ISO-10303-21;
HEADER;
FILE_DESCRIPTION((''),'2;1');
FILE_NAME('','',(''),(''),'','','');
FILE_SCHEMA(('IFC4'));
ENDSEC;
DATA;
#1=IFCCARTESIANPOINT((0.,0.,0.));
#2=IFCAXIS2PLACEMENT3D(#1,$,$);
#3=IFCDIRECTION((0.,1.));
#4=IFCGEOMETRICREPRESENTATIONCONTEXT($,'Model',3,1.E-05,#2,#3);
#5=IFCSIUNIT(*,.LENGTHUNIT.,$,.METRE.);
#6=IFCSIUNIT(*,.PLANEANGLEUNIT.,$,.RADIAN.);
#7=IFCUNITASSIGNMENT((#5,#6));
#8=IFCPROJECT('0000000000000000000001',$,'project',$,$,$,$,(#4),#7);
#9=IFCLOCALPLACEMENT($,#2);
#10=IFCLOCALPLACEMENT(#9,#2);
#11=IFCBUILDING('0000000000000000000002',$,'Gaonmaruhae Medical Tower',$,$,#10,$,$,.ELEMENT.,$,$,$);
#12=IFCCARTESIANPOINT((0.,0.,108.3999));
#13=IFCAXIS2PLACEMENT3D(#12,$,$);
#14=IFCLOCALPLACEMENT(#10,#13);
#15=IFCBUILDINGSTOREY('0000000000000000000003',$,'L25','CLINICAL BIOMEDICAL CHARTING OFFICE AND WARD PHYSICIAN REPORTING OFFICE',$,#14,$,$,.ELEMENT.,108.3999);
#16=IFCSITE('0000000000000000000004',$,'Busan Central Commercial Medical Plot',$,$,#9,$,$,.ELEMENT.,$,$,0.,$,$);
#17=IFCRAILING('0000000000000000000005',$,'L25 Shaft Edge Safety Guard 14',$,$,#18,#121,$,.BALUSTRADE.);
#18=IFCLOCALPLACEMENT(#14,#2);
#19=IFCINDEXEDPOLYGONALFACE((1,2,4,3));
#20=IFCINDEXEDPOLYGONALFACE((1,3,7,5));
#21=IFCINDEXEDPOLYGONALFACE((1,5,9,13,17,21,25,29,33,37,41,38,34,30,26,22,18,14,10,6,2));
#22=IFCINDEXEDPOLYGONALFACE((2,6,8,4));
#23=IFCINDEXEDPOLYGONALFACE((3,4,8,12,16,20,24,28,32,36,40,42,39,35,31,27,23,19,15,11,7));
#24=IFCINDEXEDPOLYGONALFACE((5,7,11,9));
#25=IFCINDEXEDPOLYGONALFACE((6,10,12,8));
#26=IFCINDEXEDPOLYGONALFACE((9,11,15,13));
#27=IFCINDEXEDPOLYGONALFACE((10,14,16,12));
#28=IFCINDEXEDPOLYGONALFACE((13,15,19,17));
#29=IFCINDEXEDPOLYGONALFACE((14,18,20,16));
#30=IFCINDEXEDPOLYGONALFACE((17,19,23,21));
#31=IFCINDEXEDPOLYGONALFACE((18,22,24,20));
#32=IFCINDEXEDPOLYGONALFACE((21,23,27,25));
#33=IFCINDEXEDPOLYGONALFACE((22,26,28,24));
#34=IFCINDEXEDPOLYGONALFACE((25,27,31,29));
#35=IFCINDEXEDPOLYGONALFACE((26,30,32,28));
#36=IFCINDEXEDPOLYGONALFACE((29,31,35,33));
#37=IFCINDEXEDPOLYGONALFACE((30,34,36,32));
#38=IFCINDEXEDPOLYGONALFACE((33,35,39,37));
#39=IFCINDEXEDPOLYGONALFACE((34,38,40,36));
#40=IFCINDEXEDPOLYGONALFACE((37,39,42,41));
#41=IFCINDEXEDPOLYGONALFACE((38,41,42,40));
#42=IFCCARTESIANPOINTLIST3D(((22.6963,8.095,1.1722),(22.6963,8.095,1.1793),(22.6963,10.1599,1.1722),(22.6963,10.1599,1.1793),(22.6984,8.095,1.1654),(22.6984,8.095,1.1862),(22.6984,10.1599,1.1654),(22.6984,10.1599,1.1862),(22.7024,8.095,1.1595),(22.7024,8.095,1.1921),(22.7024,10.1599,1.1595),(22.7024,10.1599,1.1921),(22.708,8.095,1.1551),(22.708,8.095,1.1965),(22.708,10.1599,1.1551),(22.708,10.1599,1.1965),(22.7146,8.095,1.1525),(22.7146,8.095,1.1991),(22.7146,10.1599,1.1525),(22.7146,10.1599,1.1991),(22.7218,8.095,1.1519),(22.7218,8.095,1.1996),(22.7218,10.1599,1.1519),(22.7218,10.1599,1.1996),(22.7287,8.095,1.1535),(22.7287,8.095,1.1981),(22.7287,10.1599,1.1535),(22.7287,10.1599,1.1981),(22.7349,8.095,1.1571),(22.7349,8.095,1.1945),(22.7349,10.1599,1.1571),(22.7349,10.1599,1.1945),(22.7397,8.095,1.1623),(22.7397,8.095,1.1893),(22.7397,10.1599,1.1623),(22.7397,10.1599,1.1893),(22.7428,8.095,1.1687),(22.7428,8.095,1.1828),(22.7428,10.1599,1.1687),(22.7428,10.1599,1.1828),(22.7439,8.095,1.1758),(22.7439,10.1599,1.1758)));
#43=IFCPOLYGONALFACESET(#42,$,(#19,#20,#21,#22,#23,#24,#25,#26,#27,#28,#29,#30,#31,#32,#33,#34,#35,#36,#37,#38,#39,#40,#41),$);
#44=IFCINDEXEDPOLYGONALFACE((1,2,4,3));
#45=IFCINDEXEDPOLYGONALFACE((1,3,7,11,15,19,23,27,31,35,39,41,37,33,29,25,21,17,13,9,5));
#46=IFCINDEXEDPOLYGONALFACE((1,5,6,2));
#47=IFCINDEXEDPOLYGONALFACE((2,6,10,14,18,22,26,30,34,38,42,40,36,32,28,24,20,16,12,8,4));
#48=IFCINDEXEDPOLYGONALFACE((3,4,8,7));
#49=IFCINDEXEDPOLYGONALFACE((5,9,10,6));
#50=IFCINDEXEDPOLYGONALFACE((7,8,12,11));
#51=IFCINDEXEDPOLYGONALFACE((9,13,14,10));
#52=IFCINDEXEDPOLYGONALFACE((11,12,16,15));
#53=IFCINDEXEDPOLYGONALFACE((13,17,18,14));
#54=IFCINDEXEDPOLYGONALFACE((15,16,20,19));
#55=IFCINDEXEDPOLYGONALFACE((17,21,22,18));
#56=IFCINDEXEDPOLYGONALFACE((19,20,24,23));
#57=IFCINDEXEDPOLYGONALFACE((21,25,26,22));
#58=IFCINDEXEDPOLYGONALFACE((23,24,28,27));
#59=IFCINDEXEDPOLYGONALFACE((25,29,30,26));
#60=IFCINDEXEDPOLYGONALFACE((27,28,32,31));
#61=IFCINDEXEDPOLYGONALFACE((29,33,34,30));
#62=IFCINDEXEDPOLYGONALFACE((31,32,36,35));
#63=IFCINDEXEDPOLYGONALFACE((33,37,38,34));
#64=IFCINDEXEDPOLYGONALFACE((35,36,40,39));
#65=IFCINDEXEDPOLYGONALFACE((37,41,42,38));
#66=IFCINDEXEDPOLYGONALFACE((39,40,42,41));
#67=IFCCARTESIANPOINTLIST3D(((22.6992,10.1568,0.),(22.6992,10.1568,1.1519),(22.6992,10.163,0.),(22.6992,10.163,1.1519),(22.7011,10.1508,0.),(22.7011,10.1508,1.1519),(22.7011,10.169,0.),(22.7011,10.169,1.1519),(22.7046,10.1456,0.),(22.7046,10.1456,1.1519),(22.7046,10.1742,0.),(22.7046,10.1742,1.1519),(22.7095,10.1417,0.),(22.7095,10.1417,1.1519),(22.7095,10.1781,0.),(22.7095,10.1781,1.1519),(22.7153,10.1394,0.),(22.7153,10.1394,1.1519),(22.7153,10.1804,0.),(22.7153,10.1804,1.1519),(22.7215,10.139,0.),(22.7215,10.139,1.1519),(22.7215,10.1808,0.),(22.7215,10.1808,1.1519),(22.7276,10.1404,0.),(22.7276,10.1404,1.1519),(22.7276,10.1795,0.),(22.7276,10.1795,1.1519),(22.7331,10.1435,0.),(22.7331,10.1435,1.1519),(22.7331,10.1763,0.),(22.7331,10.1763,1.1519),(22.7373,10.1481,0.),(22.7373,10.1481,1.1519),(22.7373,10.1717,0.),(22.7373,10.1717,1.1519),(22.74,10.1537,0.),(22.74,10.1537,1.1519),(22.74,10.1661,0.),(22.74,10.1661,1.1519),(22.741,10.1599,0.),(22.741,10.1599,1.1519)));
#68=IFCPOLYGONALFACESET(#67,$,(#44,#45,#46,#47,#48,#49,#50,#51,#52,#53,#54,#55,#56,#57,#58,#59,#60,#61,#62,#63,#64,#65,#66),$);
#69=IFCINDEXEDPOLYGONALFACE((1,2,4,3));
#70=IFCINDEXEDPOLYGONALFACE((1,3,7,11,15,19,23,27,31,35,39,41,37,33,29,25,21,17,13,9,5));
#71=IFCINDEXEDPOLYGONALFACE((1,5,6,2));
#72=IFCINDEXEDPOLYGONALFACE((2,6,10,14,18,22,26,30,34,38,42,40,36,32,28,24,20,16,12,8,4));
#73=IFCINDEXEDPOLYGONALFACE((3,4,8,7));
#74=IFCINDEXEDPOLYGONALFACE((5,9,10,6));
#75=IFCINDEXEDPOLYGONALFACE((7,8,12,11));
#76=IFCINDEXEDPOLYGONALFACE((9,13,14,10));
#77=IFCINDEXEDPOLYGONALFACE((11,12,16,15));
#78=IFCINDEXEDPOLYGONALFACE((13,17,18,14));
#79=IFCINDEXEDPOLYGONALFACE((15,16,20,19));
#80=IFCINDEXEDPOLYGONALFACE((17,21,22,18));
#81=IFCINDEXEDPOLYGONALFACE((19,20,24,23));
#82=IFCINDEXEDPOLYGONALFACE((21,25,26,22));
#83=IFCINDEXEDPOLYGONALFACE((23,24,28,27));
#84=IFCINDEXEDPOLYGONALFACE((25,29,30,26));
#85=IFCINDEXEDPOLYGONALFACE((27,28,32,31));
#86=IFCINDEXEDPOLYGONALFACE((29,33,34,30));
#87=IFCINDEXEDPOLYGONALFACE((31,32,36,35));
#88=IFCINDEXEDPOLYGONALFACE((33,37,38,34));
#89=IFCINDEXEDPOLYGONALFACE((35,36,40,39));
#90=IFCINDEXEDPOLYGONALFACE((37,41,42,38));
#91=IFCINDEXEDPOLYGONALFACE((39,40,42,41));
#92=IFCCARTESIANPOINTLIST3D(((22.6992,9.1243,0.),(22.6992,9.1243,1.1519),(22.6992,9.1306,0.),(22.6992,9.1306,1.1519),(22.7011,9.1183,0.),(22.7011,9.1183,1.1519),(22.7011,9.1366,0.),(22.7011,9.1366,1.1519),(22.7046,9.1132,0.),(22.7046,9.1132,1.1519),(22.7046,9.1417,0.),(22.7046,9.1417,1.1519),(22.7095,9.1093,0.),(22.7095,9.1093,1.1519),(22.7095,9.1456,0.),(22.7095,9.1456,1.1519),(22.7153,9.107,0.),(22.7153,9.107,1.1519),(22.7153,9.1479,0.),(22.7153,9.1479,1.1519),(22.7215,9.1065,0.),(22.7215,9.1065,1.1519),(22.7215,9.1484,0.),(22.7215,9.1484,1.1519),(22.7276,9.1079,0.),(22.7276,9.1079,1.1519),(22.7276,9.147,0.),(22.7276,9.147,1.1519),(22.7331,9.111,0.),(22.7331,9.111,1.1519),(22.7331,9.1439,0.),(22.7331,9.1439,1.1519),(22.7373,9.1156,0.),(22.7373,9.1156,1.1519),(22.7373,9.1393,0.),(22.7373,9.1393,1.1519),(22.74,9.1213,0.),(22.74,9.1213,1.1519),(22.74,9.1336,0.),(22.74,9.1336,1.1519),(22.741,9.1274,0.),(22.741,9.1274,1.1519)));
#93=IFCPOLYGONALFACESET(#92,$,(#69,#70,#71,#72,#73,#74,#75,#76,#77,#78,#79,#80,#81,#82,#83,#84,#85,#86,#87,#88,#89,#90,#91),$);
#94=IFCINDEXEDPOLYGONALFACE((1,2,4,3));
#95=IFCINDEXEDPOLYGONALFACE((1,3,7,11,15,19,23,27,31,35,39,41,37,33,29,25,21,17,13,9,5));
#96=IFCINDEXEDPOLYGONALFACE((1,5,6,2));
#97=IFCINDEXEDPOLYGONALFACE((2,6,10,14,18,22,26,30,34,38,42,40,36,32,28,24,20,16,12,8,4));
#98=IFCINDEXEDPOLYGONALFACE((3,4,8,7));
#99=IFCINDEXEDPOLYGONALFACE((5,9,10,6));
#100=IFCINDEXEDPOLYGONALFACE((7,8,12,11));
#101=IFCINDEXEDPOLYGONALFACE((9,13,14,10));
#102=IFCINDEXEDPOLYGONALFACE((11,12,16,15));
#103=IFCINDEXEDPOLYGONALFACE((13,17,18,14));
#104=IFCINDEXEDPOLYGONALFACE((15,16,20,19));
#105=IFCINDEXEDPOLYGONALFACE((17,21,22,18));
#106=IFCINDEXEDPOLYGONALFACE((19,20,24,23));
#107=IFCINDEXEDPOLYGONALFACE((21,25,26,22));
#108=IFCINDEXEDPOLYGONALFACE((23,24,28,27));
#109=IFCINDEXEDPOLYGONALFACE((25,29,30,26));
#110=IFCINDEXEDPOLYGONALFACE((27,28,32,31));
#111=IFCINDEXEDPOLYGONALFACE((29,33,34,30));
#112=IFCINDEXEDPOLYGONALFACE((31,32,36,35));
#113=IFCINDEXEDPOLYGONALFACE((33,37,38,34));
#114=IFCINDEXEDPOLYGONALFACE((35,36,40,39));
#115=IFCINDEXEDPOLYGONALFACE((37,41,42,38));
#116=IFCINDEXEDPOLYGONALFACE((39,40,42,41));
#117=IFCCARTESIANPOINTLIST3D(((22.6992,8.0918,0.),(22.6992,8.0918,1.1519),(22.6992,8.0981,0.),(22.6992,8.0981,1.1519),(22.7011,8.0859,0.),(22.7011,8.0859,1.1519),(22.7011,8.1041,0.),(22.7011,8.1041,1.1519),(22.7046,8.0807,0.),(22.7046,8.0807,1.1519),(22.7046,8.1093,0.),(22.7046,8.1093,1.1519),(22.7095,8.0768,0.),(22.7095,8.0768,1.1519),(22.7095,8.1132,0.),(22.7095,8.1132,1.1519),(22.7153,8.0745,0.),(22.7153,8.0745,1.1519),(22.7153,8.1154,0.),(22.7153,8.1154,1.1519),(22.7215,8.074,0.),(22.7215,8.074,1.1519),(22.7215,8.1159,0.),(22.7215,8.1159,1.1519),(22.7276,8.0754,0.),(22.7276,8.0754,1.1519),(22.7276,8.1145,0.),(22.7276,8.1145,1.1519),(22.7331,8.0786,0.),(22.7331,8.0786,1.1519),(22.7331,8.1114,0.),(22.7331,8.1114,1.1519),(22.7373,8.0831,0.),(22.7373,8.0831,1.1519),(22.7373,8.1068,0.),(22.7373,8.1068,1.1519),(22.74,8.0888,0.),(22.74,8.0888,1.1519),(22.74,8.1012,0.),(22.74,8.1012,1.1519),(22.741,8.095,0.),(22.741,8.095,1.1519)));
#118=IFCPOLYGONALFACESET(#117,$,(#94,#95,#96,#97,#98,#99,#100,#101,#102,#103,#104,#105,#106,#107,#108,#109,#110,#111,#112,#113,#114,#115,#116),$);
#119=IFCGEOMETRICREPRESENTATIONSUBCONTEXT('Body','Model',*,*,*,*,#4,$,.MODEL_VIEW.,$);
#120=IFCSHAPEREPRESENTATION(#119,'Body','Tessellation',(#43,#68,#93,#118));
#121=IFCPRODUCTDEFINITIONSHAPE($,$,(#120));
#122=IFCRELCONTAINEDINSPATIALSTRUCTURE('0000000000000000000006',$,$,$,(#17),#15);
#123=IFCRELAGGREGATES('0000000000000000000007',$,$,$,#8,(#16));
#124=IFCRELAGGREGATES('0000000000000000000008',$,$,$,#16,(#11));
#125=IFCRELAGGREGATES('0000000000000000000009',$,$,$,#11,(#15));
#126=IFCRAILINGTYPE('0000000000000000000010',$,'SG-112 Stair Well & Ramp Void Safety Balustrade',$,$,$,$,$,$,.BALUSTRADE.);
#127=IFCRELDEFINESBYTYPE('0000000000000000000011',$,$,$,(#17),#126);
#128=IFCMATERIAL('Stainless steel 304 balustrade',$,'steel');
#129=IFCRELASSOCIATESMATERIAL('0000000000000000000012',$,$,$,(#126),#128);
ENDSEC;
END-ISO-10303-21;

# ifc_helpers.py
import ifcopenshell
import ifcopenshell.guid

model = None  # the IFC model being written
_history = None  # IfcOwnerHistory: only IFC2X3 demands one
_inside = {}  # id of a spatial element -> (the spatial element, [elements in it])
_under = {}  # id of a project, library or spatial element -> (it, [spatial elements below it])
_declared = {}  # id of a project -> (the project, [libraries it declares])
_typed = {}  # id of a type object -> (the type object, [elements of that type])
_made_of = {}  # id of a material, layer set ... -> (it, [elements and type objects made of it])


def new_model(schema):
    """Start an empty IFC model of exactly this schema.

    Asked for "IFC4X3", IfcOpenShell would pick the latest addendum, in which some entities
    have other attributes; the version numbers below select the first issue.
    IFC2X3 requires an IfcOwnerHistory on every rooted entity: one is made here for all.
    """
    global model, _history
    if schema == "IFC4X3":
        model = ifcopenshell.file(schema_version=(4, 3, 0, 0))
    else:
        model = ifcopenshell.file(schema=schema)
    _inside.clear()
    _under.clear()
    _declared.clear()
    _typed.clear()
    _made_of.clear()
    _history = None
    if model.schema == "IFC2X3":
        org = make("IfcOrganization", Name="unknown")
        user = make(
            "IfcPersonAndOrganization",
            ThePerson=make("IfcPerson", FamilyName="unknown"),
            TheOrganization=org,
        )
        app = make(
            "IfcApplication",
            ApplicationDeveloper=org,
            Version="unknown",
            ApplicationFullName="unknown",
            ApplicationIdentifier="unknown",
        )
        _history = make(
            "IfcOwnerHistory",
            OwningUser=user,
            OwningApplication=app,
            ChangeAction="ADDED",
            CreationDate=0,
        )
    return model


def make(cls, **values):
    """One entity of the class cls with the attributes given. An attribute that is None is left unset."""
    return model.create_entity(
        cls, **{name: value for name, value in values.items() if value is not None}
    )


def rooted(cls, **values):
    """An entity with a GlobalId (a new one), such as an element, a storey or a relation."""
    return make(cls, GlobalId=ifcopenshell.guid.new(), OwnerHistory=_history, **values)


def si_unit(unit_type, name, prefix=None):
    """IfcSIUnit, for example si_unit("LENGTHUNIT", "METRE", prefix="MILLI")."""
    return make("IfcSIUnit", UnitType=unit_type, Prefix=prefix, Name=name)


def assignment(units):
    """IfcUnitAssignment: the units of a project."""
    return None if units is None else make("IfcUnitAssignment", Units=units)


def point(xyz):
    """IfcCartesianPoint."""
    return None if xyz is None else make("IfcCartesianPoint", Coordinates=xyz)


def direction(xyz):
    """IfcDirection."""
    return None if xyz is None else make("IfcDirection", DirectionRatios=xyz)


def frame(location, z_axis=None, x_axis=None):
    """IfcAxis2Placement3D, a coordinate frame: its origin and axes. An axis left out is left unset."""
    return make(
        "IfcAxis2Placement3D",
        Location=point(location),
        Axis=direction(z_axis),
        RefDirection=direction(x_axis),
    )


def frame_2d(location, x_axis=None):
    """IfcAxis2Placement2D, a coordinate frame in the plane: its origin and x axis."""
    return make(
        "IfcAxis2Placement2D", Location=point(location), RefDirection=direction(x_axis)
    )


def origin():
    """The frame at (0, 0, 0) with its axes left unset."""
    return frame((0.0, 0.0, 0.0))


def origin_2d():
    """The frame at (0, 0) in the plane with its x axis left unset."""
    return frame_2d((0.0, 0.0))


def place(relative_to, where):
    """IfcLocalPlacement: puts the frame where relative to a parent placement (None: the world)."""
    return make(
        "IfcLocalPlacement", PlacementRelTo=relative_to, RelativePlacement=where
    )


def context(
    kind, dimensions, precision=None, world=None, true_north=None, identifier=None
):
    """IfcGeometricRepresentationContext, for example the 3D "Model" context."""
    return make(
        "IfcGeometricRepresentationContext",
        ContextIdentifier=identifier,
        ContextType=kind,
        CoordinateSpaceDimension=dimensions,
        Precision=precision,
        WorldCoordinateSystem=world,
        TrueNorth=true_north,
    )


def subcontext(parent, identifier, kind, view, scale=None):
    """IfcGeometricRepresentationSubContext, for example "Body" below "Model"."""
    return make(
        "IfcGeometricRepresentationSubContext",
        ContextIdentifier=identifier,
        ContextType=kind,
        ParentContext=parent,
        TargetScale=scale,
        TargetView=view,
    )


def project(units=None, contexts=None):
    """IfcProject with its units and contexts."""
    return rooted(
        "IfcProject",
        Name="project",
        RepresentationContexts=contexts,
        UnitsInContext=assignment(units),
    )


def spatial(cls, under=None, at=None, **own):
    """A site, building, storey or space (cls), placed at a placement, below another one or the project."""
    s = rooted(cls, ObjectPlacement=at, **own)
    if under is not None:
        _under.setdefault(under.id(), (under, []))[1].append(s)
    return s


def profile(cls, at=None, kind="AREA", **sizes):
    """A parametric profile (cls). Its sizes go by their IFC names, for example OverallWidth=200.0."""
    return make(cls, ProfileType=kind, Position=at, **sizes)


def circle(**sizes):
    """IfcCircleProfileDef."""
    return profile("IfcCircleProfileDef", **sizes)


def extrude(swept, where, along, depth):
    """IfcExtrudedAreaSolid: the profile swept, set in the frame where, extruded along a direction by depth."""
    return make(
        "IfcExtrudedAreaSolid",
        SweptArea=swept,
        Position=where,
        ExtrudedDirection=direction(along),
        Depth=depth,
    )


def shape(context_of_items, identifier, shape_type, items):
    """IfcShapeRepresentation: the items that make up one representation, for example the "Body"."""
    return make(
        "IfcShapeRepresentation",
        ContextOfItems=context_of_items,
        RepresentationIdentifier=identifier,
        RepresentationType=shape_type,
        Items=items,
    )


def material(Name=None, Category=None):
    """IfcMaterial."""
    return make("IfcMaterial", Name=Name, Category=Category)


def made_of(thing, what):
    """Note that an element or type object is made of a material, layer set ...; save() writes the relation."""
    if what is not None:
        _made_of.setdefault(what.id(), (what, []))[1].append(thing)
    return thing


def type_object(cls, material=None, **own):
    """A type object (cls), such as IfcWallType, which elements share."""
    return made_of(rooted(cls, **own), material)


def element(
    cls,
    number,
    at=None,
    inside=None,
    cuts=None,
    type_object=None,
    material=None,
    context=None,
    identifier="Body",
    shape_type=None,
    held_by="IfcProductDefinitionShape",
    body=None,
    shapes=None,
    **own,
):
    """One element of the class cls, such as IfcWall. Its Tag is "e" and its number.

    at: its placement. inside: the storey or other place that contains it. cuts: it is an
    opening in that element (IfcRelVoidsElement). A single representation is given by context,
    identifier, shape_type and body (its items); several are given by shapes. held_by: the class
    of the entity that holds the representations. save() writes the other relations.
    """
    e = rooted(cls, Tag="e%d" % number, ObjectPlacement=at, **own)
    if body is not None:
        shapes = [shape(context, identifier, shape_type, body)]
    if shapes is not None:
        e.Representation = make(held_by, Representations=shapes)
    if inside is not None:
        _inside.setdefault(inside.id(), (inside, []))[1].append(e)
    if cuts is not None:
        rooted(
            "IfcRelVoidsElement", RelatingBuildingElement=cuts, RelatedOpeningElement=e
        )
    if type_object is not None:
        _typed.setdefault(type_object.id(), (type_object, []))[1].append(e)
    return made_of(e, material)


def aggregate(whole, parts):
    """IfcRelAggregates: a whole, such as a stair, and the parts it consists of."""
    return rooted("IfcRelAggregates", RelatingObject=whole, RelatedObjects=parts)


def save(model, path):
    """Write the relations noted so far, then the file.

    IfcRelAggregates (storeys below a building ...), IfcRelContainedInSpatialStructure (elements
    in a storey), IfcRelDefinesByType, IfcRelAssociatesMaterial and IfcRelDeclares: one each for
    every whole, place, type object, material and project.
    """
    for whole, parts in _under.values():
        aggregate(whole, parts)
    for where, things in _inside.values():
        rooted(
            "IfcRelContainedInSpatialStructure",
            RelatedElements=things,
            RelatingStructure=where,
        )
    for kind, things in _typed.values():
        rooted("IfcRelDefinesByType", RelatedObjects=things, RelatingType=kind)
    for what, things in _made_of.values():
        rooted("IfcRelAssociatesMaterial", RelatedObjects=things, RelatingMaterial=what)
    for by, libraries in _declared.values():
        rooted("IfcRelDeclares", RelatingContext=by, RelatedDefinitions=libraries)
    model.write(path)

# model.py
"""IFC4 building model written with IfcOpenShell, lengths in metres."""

from ifc_helpers import new_model, si_unit, direction, frame, origin, origin_2d, place, context, subcontext, project, spatial, circle, extrude, material, type_object, element, save


model = new_model("IFC4")

# Units and contexts
model_context = context("Model", 3, precision=1e-05, world=origin(), true_north=direction((0.0, 1.0)))
body_context = subcontext(model_context, "Body", "Model", "MODEL_VIEW")
ifc_project = project(units=[si_unit("LENGTHUNIT", "METRE"), si_unit("PLANEANGLEUNIT", "RADIAN")], contexts=[model_context])

# Site, building, storey
site_placement = place(None, origin())
site = spatial("IfcSite", under=ifc_project, at=site_placement, Name="Busan Central Commercial Medical Plot", CompositionType="ELEMENT", RefElevation=0.0)
building_placement = place(site_placement, origin())
building = spatial("IfcBuilding", under=site, at=building_placement, Name="Gaonmaruhae Medical Tower", CompositionType="ELEMENT")
storey_placement = place(building_placement, frame((0.0, 0.0, 108.3999)))
storey = spatial("IfcBuildingStorey", under=building, at=storey_placement, Name="L25", Description="CLINICAL BIOMEDICAL CHARTING OFFICE AND WARD PHYSICIAN REPORTING OFFICE", CompositionType="ELEMENT", Elevation=108.3999)

# Railing
ifc_material_1 = material(Name="Stainless steel 304 balustrade", Category="steel")
railing_type_1 = type_object("IfcRailingType", Name="SG-112 Stair Well & Ramp Void Safety Balustrade", PredefinedType="BALUSTRADE", material=ifc_material_1)
railing_1_placement = place(storey_placement, frame((22.72, 10.1599, 0.0)))
element("IfcRailing", 1, at=railing_1_placement, inside=storey, type_object=railing_type_1, Name="L25 Shaft Edge Safety Guard 14", PredefinedType="BALUSTRADE", context=body_context, shape_type="SweptSolid", body=[
    extrude(circle(Radius=0.0239, at=origin_2d()), frame((0.0, 0.0, 1.1758), z_axis=(0.0, -1.0, 0.0), x_axis=(1.0, 0.0, 0.0)), (0.0, 0.0, 1.0), 2.0649),
    extrude(circle(Radius=0.021, at=origin_2d()), origin(), (0.0, 0.0, 1.0), 1.1519),
    extrude(circle(Radius=0.021, at=origin_2d()), frame((0.0, -1.0325, 0.0)), (0.0, 0.0, 1.0), 1.1519),
    extrude(circle(Radius=0.021, at=origin_2d()), frame((0.0, -2.0649, 0.0)), (0.0, 0.0, 1.0), 1.1519),
])

save(model, "model.ifc")
